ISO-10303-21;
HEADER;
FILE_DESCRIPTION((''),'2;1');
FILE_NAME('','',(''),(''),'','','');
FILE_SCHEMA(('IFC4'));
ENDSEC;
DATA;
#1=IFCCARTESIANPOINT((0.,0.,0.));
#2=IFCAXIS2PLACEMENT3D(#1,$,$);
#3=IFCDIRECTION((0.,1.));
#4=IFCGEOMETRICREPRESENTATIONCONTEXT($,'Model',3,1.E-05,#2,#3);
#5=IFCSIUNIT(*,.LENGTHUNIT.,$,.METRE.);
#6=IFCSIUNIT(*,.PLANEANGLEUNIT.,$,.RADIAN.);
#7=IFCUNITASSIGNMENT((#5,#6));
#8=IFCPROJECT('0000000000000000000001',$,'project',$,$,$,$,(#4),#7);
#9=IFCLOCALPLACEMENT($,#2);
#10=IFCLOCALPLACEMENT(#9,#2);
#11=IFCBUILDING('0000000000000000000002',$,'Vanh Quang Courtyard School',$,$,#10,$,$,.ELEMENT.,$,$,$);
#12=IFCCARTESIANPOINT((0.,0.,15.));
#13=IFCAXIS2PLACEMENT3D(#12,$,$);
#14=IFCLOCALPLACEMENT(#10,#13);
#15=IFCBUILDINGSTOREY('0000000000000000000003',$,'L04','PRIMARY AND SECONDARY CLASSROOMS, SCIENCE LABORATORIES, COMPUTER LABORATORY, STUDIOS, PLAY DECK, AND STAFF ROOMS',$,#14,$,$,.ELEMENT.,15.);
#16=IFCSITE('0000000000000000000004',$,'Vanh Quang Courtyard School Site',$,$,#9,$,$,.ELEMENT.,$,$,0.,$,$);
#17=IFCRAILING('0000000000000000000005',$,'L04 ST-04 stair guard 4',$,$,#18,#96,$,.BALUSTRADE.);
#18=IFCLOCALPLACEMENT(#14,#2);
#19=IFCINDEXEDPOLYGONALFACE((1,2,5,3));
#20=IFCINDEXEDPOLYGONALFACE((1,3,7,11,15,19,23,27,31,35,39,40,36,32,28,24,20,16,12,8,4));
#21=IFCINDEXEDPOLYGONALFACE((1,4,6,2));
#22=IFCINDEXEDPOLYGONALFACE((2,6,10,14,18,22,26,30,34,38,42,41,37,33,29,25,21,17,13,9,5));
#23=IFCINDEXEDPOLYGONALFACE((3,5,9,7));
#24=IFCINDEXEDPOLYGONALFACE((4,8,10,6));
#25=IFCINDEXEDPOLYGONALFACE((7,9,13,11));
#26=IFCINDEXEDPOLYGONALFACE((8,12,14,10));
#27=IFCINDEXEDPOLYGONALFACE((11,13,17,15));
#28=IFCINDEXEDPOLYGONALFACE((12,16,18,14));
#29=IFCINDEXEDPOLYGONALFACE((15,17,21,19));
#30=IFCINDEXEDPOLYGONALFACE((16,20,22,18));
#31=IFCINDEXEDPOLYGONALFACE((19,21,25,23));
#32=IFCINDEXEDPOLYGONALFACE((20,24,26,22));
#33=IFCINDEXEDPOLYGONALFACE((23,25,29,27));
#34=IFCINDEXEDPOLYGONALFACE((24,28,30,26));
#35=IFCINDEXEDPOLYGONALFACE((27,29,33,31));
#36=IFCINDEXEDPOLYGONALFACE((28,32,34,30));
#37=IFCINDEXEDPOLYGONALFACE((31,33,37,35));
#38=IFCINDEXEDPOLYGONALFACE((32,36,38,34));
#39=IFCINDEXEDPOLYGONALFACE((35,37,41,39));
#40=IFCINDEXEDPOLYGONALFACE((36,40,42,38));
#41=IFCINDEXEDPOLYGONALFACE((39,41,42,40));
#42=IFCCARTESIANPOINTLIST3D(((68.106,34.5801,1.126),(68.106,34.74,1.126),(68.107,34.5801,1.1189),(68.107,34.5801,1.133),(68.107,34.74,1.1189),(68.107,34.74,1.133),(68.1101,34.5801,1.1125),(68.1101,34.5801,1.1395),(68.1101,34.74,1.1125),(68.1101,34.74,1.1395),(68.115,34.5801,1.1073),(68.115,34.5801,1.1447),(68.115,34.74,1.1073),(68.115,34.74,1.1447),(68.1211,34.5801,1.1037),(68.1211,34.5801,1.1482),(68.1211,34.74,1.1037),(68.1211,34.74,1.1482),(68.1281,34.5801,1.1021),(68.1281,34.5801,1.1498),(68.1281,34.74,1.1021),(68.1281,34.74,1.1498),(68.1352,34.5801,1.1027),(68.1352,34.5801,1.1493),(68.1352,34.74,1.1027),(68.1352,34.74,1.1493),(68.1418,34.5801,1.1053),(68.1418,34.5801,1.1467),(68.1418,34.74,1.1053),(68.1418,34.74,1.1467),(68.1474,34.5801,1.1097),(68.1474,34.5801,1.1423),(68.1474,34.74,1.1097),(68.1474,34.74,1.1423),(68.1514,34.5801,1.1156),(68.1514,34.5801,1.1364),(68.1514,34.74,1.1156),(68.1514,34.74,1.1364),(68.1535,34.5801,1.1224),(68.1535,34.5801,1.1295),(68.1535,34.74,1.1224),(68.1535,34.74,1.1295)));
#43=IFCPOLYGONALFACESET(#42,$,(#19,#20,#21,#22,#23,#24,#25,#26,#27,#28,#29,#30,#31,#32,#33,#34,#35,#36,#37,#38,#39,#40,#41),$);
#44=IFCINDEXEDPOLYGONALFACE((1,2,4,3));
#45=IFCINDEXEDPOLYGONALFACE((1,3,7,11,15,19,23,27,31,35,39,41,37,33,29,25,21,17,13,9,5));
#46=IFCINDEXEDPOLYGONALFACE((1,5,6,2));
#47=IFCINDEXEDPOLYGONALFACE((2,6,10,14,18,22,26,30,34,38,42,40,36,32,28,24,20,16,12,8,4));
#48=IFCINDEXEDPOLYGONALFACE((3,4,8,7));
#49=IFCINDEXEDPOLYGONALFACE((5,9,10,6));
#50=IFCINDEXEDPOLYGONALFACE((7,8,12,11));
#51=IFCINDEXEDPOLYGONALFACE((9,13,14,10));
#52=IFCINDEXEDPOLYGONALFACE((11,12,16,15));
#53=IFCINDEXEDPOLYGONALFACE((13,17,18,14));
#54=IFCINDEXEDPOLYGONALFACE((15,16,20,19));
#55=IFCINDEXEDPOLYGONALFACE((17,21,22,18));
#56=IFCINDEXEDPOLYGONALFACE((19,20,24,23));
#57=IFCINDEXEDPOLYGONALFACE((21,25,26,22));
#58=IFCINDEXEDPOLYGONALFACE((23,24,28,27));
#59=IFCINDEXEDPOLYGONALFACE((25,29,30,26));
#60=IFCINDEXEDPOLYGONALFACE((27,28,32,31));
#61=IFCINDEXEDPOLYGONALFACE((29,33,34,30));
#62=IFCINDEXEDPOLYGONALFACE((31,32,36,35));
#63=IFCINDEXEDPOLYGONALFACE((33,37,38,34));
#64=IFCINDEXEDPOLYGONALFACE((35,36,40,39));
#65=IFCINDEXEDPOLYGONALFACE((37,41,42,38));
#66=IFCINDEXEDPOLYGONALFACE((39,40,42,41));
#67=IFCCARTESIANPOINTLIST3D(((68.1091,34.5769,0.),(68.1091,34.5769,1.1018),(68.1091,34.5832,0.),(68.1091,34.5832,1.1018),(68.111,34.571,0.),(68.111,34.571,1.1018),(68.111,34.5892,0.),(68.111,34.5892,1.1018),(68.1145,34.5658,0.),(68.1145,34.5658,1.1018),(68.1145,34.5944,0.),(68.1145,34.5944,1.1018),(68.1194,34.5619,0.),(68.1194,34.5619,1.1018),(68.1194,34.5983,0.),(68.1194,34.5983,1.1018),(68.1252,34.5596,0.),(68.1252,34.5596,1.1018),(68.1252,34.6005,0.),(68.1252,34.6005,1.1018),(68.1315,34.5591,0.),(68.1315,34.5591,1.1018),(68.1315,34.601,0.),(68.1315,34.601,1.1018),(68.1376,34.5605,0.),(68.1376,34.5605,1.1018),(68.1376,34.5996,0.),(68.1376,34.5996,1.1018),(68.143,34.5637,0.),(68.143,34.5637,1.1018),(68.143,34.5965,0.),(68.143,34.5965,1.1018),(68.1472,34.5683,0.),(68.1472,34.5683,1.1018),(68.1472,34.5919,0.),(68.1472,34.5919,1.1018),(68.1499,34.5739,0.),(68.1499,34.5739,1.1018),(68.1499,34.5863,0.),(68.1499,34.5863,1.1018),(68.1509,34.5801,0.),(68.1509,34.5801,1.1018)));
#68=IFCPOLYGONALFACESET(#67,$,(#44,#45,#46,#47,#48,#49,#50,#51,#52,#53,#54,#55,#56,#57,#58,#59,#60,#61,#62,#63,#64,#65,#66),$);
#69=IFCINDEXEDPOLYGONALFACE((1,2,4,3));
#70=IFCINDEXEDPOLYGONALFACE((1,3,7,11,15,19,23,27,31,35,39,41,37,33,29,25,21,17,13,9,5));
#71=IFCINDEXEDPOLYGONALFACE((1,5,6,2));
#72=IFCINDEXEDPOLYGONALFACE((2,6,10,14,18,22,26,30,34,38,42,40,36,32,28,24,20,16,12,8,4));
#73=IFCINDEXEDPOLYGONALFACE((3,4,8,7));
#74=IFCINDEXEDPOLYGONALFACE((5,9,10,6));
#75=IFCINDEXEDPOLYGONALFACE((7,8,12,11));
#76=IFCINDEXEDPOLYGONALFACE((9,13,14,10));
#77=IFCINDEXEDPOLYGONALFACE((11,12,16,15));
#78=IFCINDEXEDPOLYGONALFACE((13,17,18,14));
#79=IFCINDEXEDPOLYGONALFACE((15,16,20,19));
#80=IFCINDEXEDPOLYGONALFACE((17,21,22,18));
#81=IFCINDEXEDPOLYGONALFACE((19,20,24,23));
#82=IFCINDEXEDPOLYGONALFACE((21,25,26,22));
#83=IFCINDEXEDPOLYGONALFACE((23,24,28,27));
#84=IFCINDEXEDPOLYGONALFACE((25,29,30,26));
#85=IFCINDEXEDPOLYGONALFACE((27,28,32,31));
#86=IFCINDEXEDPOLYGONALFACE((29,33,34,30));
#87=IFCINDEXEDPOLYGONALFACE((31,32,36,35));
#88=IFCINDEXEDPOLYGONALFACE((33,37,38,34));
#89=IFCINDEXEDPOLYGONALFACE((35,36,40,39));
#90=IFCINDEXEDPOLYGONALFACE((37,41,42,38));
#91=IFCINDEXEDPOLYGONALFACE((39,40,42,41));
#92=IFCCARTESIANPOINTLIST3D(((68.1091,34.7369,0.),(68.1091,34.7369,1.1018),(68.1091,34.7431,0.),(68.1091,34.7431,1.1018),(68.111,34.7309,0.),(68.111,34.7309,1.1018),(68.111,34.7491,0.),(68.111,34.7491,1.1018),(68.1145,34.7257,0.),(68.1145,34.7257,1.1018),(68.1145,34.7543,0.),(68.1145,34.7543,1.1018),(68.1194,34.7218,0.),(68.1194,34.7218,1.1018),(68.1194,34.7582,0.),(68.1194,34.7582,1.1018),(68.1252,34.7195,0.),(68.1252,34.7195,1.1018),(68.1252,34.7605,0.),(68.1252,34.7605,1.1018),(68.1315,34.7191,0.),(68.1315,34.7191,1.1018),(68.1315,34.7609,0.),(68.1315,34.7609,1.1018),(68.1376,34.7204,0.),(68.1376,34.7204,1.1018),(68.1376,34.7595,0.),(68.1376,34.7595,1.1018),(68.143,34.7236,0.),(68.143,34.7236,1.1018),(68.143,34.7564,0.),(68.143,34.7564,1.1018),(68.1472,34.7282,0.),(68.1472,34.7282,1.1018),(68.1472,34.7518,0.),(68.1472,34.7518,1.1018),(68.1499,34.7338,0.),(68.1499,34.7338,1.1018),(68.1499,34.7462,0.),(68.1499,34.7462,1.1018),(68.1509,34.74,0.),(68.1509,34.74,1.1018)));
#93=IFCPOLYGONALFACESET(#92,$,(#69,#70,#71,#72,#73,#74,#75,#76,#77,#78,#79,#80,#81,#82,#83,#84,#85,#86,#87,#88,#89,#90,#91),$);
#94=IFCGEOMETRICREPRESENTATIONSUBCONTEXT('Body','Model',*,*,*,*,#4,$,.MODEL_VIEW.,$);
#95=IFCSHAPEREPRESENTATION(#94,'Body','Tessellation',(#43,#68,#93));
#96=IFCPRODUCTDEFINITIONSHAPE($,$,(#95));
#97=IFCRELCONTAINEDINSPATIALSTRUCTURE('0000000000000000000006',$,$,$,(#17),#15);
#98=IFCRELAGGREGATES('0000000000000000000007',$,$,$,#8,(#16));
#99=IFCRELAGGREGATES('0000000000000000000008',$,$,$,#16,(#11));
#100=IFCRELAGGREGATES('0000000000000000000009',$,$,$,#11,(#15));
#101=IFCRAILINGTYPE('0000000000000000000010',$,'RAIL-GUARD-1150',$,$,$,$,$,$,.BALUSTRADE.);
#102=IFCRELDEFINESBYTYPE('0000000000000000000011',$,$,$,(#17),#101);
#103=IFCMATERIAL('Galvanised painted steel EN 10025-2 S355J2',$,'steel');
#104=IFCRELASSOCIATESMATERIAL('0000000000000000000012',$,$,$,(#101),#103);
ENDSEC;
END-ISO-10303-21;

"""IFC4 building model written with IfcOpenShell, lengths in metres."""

from ifc_helpers import new_model, si_unit, direction, frame, origin, origin_2d, place, context, subcontext, project, spatial, circle, extrude, material, type_object, element, save


model = new_model("IFC4")

# Units and contexts
model_context = context("Model", 3, precision=1e-05, world=origin(), true_north=direction((0.0, 1.0)))
body_context = subcontext(model_context, "Body", "Model", "MODEL_VIEW")
ifc_project = project(units=[si_unit("LENGTHUNIT", "METRE"), si_unit("PLANEANGLEUNIT", "RADIAN")], contexts=[model_context])

# Site, building, storey
site_placement = place(None, origin())
site = spatial("IfcSite", under=ifc_project, at=site_placement, Name="Vanh Quang Courtyard School Site", CompositionType="ELEMENT", RefElevation=0.0)
building_placement = place(site_placement, origin())
building = spatial("IfcBuilding", under=site, at=building_placement, Name="Vanh Quang Courtyard School", CompositionType="ELEMENT")
storey_placement = place(building_placement, frame((0.0, 0.0, 15.0)))
storey = spatial("IfcBuildingStorey", under=building, at=storey_placement, Name="L04", Description="PRIMARY AND SECONDARY CLASSROOMS, SCIENCE LABORATORIES, COMPUTER LABORATORY, STUDIOS, PLAY DECK, AND STAFF ROOMS", CompositionType="ELEMENT", Elevation=15.0)

# Railing
ifc_material_1 = material(Name="Galvanised painted steel EN 10025-2 S355J2", Category="steel")
railing_type_1 = type_object("IfcRailingType", Name="RAIL-GUARD-1150", PredefinedType="BALUSTRADE", material=ifc_material_1)
railing_1_placement = place(storey_placement, frame((68.1299, 34.5801, 0.0)))
element("IfcRailing", 1, at=railing_1_placement, inside=storey, type_object=railing_type_1, Name="L04 ST-04 stair guard 4", PredefinedType="BALUSTRADE", context=body_context, shape_type="SweptSolid", body=[
    extrude(circle(Radius=0.0239, at=origin_2d()), frame((0.0, 0.0, 1.126), z_axis=(0.0, 1.0, 0.0), x_axis=(-1.0, 0.0, 0.0)), (0.0, 0.0, 1.0), 0.1599),
    extrude(circle(Radius=0.021, at=origin_2d()), origin(), (0.0, 0.0, 1.0), 1.1018),
    extrude(circle(Radius=0.021, at=origin_2d()), frame((0.0, 0.1599, 0.0)), (0.0, 0.0, 1.0), 1.1018),
])

save(model, "model.ifc")
